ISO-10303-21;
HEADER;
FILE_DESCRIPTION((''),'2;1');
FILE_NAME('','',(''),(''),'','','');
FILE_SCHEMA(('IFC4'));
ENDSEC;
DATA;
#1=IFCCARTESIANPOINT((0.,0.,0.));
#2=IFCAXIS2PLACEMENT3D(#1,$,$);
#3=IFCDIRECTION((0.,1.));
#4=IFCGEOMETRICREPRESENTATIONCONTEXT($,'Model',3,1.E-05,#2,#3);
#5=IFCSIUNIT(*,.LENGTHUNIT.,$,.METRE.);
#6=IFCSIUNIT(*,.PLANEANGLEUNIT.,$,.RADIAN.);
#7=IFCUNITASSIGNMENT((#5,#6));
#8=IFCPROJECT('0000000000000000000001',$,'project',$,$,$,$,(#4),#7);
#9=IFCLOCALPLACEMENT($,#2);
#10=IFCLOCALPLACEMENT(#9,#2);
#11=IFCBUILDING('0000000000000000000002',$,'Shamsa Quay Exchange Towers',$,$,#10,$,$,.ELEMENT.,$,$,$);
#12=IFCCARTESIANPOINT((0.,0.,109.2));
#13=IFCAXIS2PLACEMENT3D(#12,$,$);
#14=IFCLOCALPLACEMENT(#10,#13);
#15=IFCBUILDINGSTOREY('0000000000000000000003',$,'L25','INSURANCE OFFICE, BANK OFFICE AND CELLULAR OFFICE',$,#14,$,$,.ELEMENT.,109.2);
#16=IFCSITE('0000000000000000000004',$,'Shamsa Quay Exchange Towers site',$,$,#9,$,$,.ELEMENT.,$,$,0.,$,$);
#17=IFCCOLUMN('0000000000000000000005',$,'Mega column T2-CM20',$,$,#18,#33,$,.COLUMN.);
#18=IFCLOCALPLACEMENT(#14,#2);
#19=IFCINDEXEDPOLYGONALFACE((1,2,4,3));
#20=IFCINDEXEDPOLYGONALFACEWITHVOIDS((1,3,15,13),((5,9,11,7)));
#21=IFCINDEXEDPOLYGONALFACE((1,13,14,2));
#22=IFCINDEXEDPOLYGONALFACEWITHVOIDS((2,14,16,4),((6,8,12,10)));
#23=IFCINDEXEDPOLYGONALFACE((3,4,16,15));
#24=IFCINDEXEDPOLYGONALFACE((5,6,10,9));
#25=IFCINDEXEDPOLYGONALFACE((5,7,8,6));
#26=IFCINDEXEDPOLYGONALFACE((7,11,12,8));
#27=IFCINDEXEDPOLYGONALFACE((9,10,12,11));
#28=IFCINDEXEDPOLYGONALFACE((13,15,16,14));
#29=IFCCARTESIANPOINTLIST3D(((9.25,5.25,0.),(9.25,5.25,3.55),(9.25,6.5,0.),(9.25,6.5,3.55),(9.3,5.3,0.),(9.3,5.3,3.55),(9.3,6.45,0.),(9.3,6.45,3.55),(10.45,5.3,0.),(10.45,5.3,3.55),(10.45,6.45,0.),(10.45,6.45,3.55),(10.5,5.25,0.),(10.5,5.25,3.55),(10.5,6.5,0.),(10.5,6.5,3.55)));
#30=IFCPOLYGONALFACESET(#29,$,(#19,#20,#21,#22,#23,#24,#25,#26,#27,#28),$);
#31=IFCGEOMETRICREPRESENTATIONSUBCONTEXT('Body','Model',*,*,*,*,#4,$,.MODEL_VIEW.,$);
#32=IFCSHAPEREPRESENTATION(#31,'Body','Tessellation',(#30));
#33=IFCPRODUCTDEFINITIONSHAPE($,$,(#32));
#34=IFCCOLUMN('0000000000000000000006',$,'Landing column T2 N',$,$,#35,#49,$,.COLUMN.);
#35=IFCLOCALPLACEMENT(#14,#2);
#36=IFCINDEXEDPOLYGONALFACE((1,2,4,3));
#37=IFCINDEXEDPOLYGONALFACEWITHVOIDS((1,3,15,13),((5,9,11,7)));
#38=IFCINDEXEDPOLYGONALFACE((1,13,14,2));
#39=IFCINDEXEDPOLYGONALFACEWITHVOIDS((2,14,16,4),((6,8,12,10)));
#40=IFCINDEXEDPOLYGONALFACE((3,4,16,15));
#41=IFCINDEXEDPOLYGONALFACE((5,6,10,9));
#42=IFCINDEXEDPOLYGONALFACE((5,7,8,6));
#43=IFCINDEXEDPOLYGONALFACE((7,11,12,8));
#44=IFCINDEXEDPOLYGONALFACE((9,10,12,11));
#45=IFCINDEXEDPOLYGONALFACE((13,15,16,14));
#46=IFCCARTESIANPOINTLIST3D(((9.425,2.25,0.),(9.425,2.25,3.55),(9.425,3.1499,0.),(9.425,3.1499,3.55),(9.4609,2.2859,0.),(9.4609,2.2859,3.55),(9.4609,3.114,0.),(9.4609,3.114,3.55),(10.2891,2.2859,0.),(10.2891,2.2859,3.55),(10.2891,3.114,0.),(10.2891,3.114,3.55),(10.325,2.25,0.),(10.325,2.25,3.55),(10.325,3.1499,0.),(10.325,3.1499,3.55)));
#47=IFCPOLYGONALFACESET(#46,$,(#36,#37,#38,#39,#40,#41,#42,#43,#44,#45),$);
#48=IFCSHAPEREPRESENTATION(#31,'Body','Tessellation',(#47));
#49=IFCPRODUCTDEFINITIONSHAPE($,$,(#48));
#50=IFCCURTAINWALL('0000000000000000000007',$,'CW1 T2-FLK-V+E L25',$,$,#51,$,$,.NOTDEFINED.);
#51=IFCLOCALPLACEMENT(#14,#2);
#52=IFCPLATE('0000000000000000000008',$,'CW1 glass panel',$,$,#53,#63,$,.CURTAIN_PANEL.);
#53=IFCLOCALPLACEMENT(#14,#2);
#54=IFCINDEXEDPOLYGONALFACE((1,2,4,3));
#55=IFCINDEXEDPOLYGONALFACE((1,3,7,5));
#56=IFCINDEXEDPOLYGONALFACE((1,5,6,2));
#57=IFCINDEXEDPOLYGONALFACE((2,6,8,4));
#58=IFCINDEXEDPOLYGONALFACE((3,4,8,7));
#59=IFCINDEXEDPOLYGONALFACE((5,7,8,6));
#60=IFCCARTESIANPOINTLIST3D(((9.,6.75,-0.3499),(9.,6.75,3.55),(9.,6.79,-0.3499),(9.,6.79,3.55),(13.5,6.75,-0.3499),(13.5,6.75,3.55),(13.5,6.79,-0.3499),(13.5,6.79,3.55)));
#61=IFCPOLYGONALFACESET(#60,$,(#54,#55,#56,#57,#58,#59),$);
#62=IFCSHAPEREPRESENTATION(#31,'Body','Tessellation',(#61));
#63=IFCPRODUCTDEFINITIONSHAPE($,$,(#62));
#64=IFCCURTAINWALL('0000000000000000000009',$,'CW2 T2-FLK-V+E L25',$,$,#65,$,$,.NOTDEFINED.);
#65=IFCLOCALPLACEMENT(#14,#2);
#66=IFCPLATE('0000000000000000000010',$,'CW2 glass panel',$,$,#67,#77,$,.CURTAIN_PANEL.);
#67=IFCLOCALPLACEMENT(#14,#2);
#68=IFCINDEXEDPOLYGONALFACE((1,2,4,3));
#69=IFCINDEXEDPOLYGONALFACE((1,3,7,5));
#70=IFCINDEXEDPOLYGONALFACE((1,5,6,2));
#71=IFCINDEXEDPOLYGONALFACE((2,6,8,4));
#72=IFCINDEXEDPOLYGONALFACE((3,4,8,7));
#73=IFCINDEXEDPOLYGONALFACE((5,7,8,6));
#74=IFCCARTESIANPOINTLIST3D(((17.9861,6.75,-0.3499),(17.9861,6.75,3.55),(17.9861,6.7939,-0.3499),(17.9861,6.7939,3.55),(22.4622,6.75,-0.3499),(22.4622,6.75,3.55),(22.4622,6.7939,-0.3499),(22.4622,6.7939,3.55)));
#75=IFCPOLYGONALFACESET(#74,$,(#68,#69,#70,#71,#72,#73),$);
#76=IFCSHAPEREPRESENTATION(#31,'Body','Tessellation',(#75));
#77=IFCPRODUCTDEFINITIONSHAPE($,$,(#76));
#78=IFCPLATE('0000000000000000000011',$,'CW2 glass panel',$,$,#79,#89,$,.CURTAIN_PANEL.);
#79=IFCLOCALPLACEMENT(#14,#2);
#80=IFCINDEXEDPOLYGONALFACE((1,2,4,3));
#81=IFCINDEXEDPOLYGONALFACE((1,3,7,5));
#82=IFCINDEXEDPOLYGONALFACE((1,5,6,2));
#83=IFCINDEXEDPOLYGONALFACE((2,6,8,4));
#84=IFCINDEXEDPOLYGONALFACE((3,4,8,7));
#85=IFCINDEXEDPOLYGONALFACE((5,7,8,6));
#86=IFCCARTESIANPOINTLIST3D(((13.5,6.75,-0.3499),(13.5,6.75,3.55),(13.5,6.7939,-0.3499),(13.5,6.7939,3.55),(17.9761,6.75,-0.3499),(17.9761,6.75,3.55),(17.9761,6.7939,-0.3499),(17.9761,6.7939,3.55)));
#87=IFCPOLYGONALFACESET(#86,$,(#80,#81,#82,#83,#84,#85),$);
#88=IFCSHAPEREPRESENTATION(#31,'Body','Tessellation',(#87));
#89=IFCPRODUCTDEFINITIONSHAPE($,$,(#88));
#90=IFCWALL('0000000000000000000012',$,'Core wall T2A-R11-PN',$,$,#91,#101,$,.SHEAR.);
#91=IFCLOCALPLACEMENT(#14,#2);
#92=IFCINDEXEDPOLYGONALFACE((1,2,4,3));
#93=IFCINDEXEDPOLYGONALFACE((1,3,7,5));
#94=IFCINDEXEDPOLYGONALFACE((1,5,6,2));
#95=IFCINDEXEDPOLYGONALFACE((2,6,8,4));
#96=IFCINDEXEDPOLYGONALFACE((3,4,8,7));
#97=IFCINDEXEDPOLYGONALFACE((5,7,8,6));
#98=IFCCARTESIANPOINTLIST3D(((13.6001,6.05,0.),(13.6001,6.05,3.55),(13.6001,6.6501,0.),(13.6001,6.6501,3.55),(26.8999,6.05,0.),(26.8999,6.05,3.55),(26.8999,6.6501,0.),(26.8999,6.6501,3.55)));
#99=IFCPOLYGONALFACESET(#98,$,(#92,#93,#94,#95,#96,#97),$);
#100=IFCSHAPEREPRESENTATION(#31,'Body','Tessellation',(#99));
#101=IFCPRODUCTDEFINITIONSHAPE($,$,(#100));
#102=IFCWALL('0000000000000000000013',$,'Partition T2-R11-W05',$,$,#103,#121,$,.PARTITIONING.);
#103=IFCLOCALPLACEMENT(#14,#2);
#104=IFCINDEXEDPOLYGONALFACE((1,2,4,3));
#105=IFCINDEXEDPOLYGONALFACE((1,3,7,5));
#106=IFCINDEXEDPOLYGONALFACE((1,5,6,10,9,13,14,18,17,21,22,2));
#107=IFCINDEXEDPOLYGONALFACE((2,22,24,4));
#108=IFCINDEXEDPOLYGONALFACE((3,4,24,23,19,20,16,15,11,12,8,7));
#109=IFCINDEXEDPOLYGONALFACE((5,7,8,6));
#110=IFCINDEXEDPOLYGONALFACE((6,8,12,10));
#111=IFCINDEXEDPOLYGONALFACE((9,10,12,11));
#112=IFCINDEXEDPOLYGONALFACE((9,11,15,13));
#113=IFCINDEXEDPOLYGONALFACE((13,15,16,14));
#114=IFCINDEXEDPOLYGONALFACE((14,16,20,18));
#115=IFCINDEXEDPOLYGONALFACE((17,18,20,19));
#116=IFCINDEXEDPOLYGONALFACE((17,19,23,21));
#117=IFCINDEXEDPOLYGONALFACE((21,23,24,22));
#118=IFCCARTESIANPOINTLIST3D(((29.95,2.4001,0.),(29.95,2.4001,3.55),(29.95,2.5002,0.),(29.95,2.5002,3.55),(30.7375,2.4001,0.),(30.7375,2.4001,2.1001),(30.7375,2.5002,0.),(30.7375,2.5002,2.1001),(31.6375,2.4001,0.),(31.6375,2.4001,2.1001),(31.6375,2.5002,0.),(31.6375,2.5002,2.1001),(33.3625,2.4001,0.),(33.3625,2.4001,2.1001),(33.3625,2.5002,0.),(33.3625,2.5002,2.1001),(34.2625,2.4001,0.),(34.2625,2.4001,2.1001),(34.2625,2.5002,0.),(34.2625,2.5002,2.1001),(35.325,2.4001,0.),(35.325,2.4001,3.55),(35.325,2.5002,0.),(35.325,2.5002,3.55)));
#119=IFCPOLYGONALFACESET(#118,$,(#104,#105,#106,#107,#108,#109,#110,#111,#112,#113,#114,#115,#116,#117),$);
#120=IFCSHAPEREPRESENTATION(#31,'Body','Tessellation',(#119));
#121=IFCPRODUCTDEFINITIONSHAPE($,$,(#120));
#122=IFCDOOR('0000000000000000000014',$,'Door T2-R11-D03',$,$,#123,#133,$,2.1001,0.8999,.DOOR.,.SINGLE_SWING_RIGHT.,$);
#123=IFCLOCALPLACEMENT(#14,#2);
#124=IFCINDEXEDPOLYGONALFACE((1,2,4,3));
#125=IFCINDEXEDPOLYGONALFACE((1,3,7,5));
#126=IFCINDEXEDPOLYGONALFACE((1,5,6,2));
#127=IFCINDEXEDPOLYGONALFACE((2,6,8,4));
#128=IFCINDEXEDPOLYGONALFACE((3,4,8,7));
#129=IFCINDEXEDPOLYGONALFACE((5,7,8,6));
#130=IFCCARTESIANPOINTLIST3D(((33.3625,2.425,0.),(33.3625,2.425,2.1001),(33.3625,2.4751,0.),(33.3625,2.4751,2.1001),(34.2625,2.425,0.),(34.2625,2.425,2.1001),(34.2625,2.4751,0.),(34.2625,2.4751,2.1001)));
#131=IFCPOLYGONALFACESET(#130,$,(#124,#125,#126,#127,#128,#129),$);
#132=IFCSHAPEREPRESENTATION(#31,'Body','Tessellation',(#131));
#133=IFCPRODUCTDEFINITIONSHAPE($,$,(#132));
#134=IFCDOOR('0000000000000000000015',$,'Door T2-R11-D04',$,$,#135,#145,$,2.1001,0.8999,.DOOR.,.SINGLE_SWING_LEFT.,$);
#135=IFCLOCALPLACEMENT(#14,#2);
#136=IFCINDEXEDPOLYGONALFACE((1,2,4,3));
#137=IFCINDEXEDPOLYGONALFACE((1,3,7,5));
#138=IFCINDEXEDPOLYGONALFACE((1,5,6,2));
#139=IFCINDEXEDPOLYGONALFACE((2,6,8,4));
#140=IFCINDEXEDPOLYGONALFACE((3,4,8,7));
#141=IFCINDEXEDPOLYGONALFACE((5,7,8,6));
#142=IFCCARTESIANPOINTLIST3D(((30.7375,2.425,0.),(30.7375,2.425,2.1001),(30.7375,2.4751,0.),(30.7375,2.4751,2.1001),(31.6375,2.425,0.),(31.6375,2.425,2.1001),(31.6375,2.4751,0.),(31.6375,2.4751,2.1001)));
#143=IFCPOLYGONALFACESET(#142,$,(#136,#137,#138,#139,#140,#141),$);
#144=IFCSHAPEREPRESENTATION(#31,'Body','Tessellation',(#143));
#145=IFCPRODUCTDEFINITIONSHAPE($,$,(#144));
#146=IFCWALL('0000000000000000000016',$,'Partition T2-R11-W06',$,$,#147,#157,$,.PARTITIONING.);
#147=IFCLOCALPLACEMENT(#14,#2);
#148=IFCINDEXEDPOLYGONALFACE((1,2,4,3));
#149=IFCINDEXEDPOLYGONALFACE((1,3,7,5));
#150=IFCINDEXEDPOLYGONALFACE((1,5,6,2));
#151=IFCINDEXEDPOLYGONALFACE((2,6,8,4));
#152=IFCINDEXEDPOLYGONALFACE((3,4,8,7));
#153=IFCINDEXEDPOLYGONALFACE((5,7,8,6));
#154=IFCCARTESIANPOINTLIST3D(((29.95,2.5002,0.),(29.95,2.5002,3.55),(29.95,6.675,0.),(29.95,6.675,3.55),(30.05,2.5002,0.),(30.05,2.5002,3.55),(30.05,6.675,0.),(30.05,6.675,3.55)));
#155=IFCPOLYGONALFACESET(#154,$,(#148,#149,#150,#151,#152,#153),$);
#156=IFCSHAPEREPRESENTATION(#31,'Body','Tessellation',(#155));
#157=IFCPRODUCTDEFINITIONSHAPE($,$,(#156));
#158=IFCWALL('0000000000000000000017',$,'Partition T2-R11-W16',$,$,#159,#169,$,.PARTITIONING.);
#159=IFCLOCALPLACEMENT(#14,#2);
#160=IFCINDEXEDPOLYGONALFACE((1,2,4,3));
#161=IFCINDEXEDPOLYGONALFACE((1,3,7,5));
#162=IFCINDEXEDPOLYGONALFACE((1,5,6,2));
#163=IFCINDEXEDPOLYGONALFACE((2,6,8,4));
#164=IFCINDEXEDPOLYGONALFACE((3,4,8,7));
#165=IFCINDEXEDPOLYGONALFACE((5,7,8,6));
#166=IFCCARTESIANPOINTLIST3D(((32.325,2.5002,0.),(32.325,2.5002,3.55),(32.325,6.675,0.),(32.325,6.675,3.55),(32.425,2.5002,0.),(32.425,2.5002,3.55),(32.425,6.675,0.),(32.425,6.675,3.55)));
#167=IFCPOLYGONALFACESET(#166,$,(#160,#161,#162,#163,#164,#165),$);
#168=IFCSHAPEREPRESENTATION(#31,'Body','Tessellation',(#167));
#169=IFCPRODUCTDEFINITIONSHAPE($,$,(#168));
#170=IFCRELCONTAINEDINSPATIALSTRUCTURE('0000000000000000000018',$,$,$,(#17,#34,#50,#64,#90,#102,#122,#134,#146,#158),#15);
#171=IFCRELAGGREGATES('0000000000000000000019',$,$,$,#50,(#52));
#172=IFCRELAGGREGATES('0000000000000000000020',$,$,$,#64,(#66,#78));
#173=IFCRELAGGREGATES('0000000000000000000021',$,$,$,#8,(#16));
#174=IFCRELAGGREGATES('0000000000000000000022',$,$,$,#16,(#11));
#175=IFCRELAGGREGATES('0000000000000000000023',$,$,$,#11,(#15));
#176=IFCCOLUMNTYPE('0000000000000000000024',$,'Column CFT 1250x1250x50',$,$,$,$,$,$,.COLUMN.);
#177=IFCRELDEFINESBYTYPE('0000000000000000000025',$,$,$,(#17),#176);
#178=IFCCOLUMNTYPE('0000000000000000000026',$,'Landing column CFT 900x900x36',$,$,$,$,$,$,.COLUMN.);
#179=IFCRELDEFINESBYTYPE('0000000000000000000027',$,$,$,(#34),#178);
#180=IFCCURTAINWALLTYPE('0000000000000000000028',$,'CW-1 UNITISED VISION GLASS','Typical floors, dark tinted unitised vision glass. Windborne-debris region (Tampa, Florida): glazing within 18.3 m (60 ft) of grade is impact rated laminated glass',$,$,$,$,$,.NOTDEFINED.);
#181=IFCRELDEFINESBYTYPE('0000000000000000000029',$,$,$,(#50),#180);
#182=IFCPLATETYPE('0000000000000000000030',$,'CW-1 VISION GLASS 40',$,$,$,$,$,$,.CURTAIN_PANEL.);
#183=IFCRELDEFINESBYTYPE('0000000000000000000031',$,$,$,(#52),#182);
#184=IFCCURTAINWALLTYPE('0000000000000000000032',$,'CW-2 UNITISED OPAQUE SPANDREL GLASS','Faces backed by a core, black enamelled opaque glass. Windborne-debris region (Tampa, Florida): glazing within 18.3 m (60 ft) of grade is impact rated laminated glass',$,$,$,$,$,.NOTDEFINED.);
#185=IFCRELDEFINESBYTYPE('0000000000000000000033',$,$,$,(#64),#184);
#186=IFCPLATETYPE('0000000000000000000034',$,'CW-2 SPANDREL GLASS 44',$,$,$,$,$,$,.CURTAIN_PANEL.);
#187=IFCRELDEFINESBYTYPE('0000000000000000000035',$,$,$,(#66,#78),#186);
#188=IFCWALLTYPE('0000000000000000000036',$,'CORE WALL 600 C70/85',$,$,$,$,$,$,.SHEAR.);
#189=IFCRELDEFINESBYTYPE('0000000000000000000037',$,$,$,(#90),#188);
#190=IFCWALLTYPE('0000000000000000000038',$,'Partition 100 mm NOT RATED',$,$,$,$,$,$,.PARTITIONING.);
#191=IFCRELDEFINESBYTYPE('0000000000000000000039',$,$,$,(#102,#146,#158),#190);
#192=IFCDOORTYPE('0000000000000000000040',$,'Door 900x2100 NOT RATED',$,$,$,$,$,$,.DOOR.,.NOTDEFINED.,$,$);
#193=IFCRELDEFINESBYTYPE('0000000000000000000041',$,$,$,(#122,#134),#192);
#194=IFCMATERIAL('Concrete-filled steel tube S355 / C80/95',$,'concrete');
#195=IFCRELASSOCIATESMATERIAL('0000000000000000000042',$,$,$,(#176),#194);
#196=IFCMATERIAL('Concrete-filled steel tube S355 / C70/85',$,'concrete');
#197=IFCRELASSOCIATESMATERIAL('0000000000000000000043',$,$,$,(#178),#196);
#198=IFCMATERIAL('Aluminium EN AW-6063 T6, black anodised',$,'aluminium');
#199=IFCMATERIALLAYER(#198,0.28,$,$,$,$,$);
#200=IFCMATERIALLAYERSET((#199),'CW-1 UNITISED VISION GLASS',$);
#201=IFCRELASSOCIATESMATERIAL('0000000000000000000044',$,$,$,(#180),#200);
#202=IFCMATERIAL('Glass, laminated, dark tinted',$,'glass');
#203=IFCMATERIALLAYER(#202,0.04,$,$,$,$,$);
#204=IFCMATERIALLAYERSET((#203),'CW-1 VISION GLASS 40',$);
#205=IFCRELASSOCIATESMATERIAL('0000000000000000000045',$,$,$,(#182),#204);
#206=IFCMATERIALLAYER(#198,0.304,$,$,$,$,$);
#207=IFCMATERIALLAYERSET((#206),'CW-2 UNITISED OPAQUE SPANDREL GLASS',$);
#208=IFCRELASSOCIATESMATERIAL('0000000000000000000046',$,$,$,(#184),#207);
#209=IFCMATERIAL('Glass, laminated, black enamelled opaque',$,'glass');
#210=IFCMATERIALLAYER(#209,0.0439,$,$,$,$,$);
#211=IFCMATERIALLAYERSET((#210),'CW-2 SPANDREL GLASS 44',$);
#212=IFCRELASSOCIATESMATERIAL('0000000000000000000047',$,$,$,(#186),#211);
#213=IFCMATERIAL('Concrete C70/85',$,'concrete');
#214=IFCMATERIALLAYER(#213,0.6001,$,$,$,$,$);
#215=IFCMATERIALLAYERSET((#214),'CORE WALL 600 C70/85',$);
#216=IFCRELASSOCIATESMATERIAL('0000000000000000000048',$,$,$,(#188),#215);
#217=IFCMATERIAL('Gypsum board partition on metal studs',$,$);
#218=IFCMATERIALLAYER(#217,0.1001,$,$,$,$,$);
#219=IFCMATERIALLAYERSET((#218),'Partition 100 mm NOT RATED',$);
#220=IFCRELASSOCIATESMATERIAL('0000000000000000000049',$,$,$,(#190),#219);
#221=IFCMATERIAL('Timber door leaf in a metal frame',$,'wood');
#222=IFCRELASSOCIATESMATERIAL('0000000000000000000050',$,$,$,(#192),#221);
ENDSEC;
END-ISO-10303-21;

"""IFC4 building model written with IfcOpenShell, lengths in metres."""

from ifc_helpers import new_model, si_unit, direction, frame, frame_2d, origin, origin_2d, place, context, subcontext, project, spatial, rectangle, hollow_rectangle, extrude, material, layer, layer_set, material_profile, profile_set, type_object, element, fill, aggregate, save


model = new_model("IFC4")

# Units and contexts
model_context = context("Model", 3, precision=1e-05, world=origin(), true_north=direction((0.0, 1.0)))
body_context = subcontext(model_context, "Body", "Model", "MODEL_VIEW")
ifc_project = project(units=[si_unit("LENGTHUNIT", "METRE"), si_unit("PLANEANGLEUNIT", "RADIAN")], contexts=[model_context])

# Site, building, storey
site_placement = place(None, origin())
site = spatial("IfcSite", under=ifc_project, at=site_placement, Name="Shamsa Quay Exchange Towers site", CompositionType="ELEMENT", RefElevation=0.0)
building_placement = place(site_placement, origin())
building = spatial("IfcBuilding", under=site, at=building_placement, Name="Shamsa Quay Exchange Towers", CompositionType="ELEMENT")
storey_placement = place(building_placement, frame((0.0, 0.0, 109.2)))
storey = spatial("IfcBuildingStorey", under=building, at=storey_placement, Name="L25", Description="INSURANCE OFFICE, BANK OFFICE AND CELLULAR OFFICE", CompositionType="ELEMENT", Elevation=109.2)

# Columns
ifc_material_1 = material(Name="Concrete-filled steel tube S355 / C80/95", Category="concrete")
ifc_material_profile_1 = material_profile(ifc_material_1, hollow_rectangle(XDim=1.25, YDim=1.25, WallThickness=0.05, at=origin_2d()), Name="CFT 1250x1250x50")
ifc_profile_set_1 = profile_set([ifc_material_profile_1], Name="Concrete-filled steel tube S355 / C80/95")
column_type_1 = type_object("IfcColumnType", Name="Column CFT 1250x1250x50", PredefinedType="COLUMN", material=ifc_profile_set_1)
column_1_placement = place(storey_placement, frame((9.875, 5.875, 0.0)))
element("IfcColumn", 1, at=column_1_placement, inside=storey, type_object=column_type_1, Name="Mega column T2-CM20", PredefinedType="COLUMN", context=body_context, shape_type="SweptSolid", body=[
    extrude(hollow_rectangle(XDim=1.25, YDim=1.25, WallThickness=0.05, at=origin_2d()), origin(), (0.0, 0.0, 1.0), 3.55),
])
ifc_material_2 = material(Name="Concrete-filled steel tube S355 / C70/85", Category="concrete")
ifc_material_profile_2 = material_profile(ifc_material_2, hollow_rectangle(XDim=0.8999, YDim=0.8999, WallThickness=0.0359, at=origin_2d()), Name="CFT 900x900x36")
ifc_profile_set_2 = profile_set([ifc_material_profile_2], Name="Concrete-filled steel tube S355 / C70/85")
column_type_2 = type_object("IfcColumnType", Name="Landing column CFT 900x900x36", PredefinedType="COLUMN", material=ifc_profile_set_2)
column_2_placement = place(storey_placement, frame((9.875, 2.7, 0.0)))
element("IfcColumn", 2, at=column_2_placement, inside=storey, type_object=column_type_2, Name="Landing column T2 N", PredefinedType="COLUMN", context=body_context, shape_type="SweptSolid", body=[
    extrude(hollow_rectangle(XDim=0.8999, YDim=0.8999, WallThickness=0.0359, at=origin_2d()), origin(), (0.0, 0.0, 1.0), 3.55),
])

# Curtain wall, plate
ifc_material_3 = material(Name="Aluminium EN AW-6063 T6, black anodised", Category="aluminium")
ifc_layer_1 = layer(ifc_material_3, 0.28)
ifc_layer_set_1 = layer_set([ifc_layer_1], Name="CW-1 UNITISED VISION GLASS")
curtain_wall_type_1 = type_object("IfcCurtainWallType", Name="CW-1 UNITISED VISION GLASS", Description="Typical floors, dark tinted unitised vision glass. Windborne-debris region (Tampa, Florida): glazing within 18.3 m (60 ft) of grade is impact rated laminated glass", PredefinedType="NOTDEFINED", material=ifc_layer_set_1)
curtain_wall_1_placement = place(storey_placement, origin())
curtain_wall_1 = element("IfcCurtainWall", 3, at=curtain_wall_1_placement, inside=storey, type_object=curtain_wall_type_1, Name="CW1 T2-FLK-V+E L25", PredefinedType="NOTDEFINED")
ifc_material_4 = material(Name="Glass, laminated, dark tinted", Category="glass")
ifc_layer_2 = layer(ifc_material_4, 0.04)
ifc_layer_set_2 = layer_set([ifc_layer_2], Name="CW-1 VISION GLASS 40")
plate_type_1 = type_object("IfcPlateType", Name="CW-1 VISION GLASS 40", PredefinedType="CURTAIN_PANEL", material=ifc_layer_set_2)
plate_1_placement = place(storey_placement, frame((11.25, 6.77, -0.3499), z_axis=(0.0, 0.0, 1.0), x_axis=(-1.0, 0.0, 0.0)))
plate_1 = element("IfcPlate", 4, at=plate_1_placement, type_object=plate_type_1, Name="CW1 glass panel", PredefinedType="CURTAIN_PANEL", context=body_context, shape_type="SweptSolid", body=[
    extrude(rectangle(XDim=4.5, YDim=0.04, at=origin_2d()), origin(), (0.0, 0.0, 1.0), 3.8999),
])
aggregate(curtain_wall_1, [plate_1])

# Curtain wall, plates
ifc_layer_3 = layer(ifc_material_3, 0.304)
ifc_layer_set_3 = layer_set([ifc_layer_3], Name="CW-2 UNITISED OPAQUE SPANDREL GLASS")
curtain_wall_type_2 = type_object("IfcCurtainWallType", Name="CW-2 UNITISED OPAQUE SPANDREL GLASS", Description="Faces backed by a core, black enamelled opaque glass. Windborne-debris region (Tampa, Florida): glazing within 18.3 m (60 ft) of grade is impact rated laminated glass", PredefinedType="NOTDEFINED", material=ifc_layer_set_3)
curtain_wall_2_placement = place(storey_placement, origin())
curtain_wall_2 = element("IfcCurtainWall", 5, at=curtain_wall_2_placement, inside=storey, type_object=curtain_wall_type_2, Name="CW2 T2-FLK-V+E L25", PredefinedType="NOTDEFINED")
ifc_material_5 = material(Name="Glass, laminated, black enamelled opaque", Category="glass")
ifc_layer_4 = layer(ifc_material_5, 0.0439)
ifc_layer_set_4 = layer_set([ifc_layer_4], Name="CW-2 SPANDREL GLASS 44")
plate_type_2 = type_object("IfcPlateType", Name="CW-2 SPANDREL GLASS 44", PredefinedType="CURTAIN_PANEL", material=ifc_layer_set_4)
plate_2_placement = place(storey_placement, frame((20.2241, 6.772, -0.3499), z_axis=(0.0, 0.0, 1.0), x_axis=(-1.0, 0.0, 0.0)))
plate_2 = element("IfcPlate", 6, at=plate_2_placement, type_object=plate_type_2, Name="CW2 glass panel", PredefinedType="CURTAIN_PANEL", context=body_context, shape_type="SweptSolid", body=[
    extrude(rectangle(XDim=4.4761, YDim=0.0439, at=origin_2d()), origin(), (0.0, 0.0, 1.0), 3.8999),
])
plate_3_placement = place(storey_placement, frame((15.738, 6.772, -0.3499), z_axis=(0.0, 0.0, 1.0), x_axis=(-1.0, 0.0, 0.0)))
plate_3 = element("IfcPlate", 7, at=plate_3_placement, type_object=plate_type_2, Name="CW2 glass panel", PredefinedType="CURTAIN_PANEL", context=body_context, shape_type="SweptSolid", body=[
    extrude(rectangle(XDim=4.4761, YDim=0.0439, at=origin_2d()), origin(), (0.0, 0.0, 1.0), 3.8999),
])
aggregate(curtain_wall_2, [plate_2, plate_3])

# Wall
ifc_material_6 = material(Name="Concrete C70/85", Category="concrete")
ifc_layer_5 = layer(ifc_material_6, 0.6001)
ifc_layer_set_5 = layer_set([ifc_layer_5], Name="CORE WALL 600 C70/85")
wall_type_1 = type_object("IfcWallType", Name="CORE WALL 600 C70/85", PredefinedType="SHEAR", material=ifc_layer_set_5)
wall_1_placement = place(storey_placement, frame((13.6001, 6.3501, 0.0)))
element("IfcWall", 8, at=wall_1_placement, inside=storey, type_object=wall_type_1, Name="Core wall T2A-R11-PN", PredefinedType="SHEAR", context=body_context, shape_type="SweptSolid", body=[
    extrude(rectangle(XDim=13.2998, YDim=0.6001, at=frame_2d((6.6499, 0.0))), origin(), (0.0, 0.0, 1.0), 3.55),
])

# Wall, openings, doors
ifc_material_7 = material(Name="Gypsum board partition on metal studs")
ifc_layer_6 = layer(ifc_material_7, 0.1001)
ifc_layer_set_6 = layer_set([ifc_layer_6], Name="Partition 100 mm NOT RATED")
wall_type_2 = type_object("IfcWallType", Name="Partition 100 mm NOT RATED", PredefinedType="PARTITIONING", material=ifc_layer_set_6)
wall_2_placement = place(storey_placement, frame((29.95, 2.4502, 0.0)))
wall_2 = element("IfcWall", 9, at=wall_2_placement, inside=storey, type_object=wall_type_2, Name="Partition T2-R11-W05", PredefinedType="PARTITIONING", context=body_context, shape_type="SweptSolid", body=[
    extrude(rectangle(XDim=5.375, YDim=0.1001, at=frame_2d((2.6875, 0.0))), origin(), (0.0, 0.0, 1.0), 3.55),
])
opening_1_placement = place(wall_2_placement, frame((3.4126, 0.0, 0.0)))
opening_1 = element("IfcOpeningElement", 10, at=opening_1_placement, cuts=wall_2, PredefinedType="OPENING", context=body_context, shape_type="SweptSolid", body=[
    extrude(rectangle(XDim=0.8999, YDim=2.1001, at=frame_2d((0.45, 1.05))), frame((0.0, 0.0601, 0.0), z_axis=(0.0, -1.0, 0.0), x_axis=(1.0, 0.0, 0.0)), (0.0, 0.0, 1.0), 0.1201),
])
opening_2_placement = place(wall_2_placement, frame((0.7876, 0.0, 0.0)))
opening_2 = element("IfcOpeningElement", 11, at=opening_2_placement, cuts=wall_2, PredefinedType="OPENING", context=body_context, shape_type="SweptSolid", body=[
    extrude(rectangle(XDim=0.8999, YDim=2.1001, at=frame_2d((0.45, 1.05))), frame((0.0, 0.0601, 0.0), z_axis=(0.0, -1.0, 0.0), x_axis=(1.0, 0.0, 0.0)), (0.0, 0.0, 1.0), 0.1201),
])
ifc_material_8 = material(Name="Timber door leaf in a metal frame", Category="wood")
door_type_1 = type_object("IfcDoorType", Name="Door 900x2100 NOT RATED", OperationType="NOTDEFINED", PredefinedType="DOOR", material=ifc_material_8)
door_1_placement = place(opening_1_placement, origin())
door_1 = element("IfcDoor", 12, at=door_1_placement, inside=storey, type_object=door_type_1, Name="Door T2-R11-D03", OperationType="SINGLE_SWING_RIGHT", OverallHeight=2.1001, OverallWidth=0.8999, PredefinedType="DOOR", context=body_context, shape_type="SweptSolid", body=[
    extrude(rectangle(XDim=0.8999, YDim=2.1001, at=frame_2d((0.45, 1.05))), frame((0.0, 0.0249, 0.0), z_axis=(0.0, -1.0, 0.0), x_axis=(1.0, 0.0, 0.0)), (0.0, 0.0, 1.0), 0.05),
])
fill(opening_1, door_1)
door_2_placement = place(opening_2_placement, origin())
door_2 = element("IfcDoor", 13, at=door_2_placement, inside=storey, type_object=door_type_1, Name="Door T2-R11-D04", OperationType="SINGLE_SWING_LEFT", OverallHeight=2.1001, OverallWidth=0.8999, PredefinedType="DOOR", context=body_context, shape_type="SweptSolid", body=[
    extrude(rectangle(XDim=0.8999, YDim=2.1001, at=frame_2d((0.45, 1.05))), frame((0.0, 0.0249, 0.0), z_axis=(0.0, -1.0, 0.0), x_axis=(1.0, 0.0, 0.0)), (0.0, 0.0, 1.0), 0.05),
])
fill(opening_2, door_2)

# Walls
for number, where, z_axis, x_axis, name in (
    (14, (30.0, 6.675, 0.0), (0.0, 0.0, 1.0), (0.0, -1.0, 0.0), "Partition T2-R11-W06"),
    (15, (32.375, 6.675, 0.0), (0.0, 0.0, 1.0), (0.0, -1.0, 0.0), "Partition T2-R11-W16"),
):
    element("IfcWall", number, at=place(storey_placement, frame(where, z_axis=z_axis, x_axis=x_axis)), inside=storey, type_object=wall_type_2, Name=name, PredefinedType="PARTITIONING", context=body_context, shape_type="SweptSolid", body=[
        extrude(rectangle(XDim=4.1748, YDim=0.1001, at=frame_2d((2.0874, 0.0))), origin(), (0.0, 0.0, 1.0), 3.55),
    ])

save(model, "model.ifc")
